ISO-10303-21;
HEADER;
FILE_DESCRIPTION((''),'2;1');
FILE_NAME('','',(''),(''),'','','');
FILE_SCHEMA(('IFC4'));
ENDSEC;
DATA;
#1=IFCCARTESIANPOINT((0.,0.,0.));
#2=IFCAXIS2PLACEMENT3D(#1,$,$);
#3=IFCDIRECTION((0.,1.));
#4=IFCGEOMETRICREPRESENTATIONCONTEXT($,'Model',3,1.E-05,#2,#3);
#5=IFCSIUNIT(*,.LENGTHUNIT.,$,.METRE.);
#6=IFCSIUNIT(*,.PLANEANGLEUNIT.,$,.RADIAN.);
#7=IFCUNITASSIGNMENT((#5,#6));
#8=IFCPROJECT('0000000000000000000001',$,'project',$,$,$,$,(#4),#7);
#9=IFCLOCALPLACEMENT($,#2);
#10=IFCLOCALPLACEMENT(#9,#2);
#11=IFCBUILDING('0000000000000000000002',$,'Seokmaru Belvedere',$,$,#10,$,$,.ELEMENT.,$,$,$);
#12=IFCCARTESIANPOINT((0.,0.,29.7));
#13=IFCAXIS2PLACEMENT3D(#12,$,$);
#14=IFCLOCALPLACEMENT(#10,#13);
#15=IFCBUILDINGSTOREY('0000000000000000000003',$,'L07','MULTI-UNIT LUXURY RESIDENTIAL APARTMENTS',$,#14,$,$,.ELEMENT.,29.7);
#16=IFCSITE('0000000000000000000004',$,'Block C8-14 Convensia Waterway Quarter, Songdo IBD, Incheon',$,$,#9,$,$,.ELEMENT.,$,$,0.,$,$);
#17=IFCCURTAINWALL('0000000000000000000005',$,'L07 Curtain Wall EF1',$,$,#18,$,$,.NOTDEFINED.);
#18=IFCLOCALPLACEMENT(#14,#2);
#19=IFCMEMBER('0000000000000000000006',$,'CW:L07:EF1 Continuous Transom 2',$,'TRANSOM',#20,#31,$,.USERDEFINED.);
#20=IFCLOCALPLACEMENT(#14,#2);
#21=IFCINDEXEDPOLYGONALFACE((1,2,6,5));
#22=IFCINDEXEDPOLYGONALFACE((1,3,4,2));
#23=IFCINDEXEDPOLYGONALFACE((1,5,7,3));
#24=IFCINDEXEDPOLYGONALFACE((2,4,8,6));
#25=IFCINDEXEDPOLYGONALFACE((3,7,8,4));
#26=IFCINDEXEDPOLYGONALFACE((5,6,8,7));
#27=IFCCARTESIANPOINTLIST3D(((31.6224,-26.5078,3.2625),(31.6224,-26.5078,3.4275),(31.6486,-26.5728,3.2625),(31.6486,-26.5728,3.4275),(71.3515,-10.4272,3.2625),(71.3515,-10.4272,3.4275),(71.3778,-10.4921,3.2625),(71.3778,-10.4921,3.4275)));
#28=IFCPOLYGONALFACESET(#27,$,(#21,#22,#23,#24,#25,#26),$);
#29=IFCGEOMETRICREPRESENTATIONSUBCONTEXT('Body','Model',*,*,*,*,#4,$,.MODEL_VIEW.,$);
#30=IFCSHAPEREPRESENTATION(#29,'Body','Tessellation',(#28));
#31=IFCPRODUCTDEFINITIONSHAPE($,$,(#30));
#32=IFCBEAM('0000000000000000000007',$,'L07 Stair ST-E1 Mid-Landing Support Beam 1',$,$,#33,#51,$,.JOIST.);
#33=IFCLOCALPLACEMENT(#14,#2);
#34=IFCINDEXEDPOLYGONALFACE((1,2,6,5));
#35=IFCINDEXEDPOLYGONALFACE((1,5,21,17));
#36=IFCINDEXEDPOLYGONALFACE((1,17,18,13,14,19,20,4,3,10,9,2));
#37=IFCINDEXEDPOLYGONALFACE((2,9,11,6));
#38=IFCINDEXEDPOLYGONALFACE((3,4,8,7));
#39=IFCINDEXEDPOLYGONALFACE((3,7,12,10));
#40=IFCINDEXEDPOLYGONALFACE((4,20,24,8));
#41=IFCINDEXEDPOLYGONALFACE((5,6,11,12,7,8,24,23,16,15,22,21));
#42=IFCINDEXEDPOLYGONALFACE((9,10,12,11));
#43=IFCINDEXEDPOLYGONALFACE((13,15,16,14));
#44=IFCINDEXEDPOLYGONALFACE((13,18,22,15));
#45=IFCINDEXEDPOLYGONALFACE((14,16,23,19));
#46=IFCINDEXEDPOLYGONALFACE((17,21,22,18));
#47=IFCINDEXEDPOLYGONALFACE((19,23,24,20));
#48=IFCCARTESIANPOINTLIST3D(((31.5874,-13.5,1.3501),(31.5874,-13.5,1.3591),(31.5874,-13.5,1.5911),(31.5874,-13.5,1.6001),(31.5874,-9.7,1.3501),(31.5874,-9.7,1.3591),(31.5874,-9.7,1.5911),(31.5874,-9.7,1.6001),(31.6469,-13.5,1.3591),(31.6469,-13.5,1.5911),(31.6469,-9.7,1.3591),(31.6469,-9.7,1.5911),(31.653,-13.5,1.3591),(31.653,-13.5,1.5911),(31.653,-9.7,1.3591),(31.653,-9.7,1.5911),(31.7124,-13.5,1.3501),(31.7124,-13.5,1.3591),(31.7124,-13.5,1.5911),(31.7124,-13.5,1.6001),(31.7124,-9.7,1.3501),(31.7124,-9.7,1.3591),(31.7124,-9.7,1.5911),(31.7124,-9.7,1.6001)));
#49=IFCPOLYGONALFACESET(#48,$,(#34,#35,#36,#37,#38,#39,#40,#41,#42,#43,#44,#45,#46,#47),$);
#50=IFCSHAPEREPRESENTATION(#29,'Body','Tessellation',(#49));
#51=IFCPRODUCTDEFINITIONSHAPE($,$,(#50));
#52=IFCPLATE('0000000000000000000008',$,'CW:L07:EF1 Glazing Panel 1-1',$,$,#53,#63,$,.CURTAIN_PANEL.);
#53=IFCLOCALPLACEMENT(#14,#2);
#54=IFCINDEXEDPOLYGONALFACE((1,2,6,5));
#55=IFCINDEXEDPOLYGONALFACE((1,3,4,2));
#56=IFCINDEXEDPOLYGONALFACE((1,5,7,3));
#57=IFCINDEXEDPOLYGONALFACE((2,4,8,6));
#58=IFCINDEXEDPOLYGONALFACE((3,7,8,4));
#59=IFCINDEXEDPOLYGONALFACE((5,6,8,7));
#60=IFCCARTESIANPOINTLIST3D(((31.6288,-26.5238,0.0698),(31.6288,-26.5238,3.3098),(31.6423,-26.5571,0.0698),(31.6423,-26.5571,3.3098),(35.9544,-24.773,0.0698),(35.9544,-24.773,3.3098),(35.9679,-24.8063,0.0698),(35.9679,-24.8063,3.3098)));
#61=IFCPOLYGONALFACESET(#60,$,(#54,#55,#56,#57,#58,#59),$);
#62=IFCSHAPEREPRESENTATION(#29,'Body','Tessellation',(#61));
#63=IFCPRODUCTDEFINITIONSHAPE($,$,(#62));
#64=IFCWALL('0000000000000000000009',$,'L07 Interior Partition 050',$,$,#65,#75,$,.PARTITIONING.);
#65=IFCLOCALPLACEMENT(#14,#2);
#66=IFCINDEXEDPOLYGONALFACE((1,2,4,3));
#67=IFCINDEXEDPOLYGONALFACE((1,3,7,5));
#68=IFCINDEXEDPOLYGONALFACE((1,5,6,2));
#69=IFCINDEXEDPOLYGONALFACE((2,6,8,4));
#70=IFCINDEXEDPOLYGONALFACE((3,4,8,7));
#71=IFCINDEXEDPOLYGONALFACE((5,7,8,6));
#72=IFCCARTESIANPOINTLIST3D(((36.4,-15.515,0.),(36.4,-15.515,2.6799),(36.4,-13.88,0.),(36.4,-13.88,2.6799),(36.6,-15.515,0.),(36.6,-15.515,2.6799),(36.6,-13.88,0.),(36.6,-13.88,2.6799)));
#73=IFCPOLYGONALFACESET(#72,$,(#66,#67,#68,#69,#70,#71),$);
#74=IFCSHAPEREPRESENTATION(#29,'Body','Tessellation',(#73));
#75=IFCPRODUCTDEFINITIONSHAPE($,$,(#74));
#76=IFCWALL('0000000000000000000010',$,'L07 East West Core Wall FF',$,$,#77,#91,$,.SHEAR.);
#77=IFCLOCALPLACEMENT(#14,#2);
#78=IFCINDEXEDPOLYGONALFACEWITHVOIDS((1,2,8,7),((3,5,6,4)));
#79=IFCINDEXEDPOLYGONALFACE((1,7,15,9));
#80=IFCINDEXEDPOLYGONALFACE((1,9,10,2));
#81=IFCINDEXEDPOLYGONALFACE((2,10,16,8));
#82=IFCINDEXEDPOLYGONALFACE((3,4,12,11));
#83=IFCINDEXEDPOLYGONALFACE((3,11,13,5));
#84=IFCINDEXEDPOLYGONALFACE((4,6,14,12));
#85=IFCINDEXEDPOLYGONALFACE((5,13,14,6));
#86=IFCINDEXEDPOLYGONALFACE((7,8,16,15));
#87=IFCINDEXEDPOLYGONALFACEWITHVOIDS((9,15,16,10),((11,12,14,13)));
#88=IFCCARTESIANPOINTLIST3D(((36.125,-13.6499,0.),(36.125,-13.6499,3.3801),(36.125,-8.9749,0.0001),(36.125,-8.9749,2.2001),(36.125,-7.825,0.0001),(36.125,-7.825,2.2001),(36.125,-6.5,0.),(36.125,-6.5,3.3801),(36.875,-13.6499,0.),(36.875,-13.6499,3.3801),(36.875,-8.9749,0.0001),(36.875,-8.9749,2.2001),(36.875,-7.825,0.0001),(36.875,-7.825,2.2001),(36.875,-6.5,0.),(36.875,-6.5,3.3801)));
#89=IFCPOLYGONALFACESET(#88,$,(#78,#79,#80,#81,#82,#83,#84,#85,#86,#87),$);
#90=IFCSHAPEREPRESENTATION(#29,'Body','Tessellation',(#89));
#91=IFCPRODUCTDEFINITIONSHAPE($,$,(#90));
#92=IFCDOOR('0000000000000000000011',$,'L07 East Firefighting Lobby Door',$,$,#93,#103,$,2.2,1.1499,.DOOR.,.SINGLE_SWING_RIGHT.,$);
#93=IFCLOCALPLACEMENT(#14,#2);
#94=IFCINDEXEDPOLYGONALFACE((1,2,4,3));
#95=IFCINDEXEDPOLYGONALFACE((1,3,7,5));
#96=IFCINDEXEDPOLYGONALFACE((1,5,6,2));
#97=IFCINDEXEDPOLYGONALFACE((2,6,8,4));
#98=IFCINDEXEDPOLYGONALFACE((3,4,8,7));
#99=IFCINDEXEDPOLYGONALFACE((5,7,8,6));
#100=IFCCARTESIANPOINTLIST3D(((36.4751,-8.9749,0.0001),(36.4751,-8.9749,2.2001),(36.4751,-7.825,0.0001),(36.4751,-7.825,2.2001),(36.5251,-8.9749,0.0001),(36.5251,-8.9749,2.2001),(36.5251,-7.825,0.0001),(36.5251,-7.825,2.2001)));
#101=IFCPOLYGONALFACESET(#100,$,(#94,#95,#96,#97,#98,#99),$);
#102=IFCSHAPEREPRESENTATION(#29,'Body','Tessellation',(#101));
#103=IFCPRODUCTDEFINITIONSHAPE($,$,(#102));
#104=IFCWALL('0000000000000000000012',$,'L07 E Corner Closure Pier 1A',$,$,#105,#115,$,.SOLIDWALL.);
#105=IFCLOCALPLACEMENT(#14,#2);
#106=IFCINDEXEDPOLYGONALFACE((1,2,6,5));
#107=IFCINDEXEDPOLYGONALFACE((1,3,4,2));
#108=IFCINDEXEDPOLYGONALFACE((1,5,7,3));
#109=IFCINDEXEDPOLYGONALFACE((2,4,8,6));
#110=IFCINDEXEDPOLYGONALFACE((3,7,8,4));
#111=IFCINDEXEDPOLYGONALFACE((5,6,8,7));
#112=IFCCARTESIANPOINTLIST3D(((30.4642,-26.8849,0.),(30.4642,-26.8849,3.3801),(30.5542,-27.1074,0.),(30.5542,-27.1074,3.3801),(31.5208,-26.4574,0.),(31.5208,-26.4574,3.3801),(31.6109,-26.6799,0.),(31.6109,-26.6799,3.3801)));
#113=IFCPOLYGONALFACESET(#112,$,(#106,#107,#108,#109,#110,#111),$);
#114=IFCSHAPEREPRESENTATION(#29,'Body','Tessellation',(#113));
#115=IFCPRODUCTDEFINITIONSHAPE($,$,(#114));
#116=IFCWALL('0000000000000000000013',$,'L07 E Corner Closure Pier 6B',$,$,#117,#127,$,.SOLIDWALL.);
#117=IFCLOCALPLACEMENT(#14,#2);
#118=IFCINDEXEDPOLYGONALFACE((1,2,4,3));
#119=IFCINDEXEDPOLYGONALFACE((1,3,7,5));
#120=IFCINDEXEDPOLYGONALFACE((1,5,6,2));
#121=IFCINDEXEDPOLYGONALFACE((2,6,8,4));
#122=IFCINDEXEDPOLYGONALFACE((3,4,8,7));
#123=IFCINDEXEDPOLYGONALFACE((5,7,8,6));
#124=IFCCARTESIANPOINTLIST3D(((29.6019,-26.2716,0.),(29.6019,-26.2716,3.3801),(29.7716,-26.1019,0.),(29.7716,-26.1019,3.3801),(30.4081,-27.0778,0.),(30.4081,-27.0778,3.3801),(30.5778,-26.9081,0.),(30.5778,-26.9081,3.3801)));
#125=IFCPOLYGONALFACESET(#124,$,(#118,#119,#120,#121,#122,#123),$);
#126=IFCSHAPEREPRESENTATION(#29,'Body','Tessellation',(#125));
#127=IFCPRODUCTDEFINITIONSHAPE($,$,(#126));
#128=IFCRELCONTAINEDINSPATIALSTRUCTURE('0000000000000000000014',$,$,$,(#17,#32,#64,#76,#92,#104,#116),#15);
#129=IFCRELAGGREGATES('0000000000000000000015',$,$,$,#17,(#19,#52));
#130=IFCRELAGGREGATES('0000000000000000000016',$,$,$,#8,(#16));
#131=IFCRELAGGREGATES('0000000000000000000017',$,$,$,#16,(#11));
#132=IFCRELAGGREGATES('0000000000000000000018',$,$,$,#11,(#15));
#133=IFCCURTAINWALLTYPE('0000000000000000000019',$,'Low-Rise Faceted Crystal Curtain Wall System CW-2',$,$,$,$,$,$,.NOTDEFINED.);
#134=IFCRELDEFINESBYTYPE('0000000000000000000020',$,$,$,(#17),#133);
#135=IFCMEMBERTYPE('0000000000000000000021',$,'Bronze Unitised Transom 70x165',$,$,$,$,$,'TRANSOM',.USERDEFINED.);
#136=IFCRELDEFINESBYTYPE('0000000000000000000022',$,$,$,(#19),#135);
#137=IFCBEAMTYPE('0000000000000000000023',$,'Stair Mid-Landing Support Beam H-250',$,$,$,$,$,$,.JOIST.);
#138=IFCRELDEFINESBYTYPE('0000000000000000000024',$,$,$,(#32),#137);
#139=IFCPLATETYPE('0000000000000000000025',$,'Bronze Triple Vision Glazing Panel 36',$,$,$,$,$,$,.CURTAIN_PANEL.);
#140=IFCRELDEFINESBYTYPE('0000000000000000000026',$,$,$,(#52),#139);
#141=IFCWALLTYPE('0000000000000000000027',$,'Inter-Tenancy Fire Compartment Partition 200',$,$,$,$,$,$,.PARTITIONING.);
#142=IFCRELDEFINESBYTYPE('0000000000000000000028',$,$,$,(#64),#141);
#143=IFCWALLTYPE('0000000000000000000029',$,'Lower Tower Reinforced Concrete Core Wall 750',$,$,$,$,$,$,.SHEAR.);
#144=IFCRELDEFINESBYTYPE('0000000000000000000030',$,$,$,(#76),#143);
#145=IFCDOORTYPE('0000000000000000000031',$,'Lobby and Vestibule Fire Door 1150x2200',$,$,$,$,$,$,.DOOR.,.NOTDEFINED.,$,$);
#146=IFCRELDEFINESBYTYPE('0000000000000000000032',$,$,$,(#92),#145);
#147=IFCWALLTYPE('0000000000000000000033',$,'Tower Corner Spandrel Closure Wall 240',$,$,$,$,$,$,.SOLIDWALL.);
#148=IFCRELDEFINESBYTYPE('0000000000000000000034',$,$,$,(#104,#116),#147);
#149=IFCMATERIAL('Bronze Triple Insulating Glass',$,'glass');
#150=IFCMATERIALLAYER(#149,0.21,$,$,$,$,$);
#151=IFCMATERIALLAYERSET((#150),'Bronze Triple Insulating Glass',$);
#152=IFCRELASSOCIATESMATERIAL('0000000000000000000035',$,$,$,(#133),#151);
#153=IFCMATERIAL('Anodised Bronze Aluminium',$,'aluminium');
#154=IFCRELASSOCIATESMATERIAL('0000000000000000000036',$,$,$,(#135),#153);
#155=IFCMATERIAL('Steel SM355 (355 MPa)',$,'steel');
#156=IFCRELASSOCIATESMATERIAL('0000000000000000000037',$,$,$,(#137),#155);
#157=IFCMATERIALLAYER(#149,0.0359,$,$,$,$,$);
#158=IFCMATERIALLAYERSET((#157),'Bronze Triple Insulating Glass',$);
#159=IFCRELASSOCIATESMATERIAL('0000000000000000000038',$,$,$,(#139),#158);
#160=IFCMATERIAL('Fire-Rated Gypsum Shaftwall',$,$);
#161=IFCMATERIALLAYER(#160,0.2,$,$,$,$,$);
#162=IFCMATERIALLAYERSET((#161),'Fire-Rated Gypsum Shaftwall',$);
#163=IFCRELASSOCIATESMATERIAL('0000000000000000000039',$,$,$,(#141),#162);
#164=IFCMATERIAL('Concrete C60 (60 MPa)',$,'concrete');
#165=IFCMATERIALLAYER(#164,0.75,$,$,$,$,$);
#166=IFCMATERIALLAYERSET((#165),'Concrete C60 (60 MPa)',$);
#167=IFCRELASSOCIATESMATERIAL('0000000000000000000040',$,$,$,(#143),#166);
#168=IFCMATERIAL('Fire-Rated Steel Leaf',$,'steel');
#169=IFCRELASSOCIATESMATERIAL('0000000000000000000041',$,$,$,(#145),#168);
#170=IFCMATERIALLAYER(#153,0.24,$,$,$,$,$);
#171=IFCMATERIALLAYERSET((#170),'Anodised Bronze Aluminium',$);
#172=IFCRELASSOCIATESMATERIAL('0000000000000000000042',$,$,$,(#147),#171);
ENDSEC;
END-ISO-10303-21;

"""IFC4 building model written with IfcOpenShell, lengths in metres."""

from ifc_helpers import new_model, si_unit, direction, frame, frame_2d, origin, origin_2d, place, context, subcontext, project, spatial, rectangle, i_section, extrude, source, transform, mapped, material, layer, layer_set, material_profile, profile_set, type_object, type_shapes, element, fill, aggregate, save


model = new_model("IFC4")

# Units and contexts
model_context = context("Model", 3, precision=1e-05, world=origin(), true_north=direction((0.0, 1.0)))
body_context = subcontext(model_context, "Body", "Model", "MODEL_VIEW")
ifc_project = project(units=[si_unit("LENGTHUNIT", "METRE"), si_unit("PLANEANGLEUNIT", "RADIAN")], contexts=[model_context])

# Site, building, storey
site_placement = place(None, origin())
site = spatial("IfcSite", under=ifc_project, at=site_placement, Name="Block C8-14 Convensia Waterway Quarter, Songdo IBD, Incheon", CompositionType="ELEMENT", RefElevation=0.0)
building_placement = place(site_placement, origin())
building = spatial("IfcBuilding", under=site, at=building_placement, Name="Seokmaru Belvedere", CompositionType="ELEMENT")
storey_placement = place(building_placement, frame((0.0, 0.0, 29.7)))
storey = spatial("IfcBuildingStorey", under=building, at=storey_placement, Name="L07", Description="MULTI-UNIT LUXURY RESIDENTIAL APARTMENTS", CompositionType="ELEMENT", Elevation=29.7)

# Shared definitions
ifc_material_1 = material(Name="Steel SM355 (355 MPa)", Category="steel")

# Curtain wall, member
ifc_material_2 = material(Name="Bronze Triple Insulating Glass", Category="glass")
ifc_layer_1 = layer(ifc_material_2, 0.21)
ifc_layer_set_1 = layer_set([ifc_layer_1], Name="Bronze Triple Insulating Glass")
curtain_wall_type = type_object("IfcCurtainWallType", Name="Low-Rise Faceted Crystal Curtain Wall System CW-2", PredefinedType="NOTDEFINED", material=ifc_layer_set_1)
curtain_wall_placement = place(storey_placement, origin())
curtain_wall = element("IfcCurtainWall", 1, at=curtain_wall_placement, inside=storey, type_object=curtain_wall_type, Name="L07 Curtain Wall EF1", PredefinedType="NOTDEFINED")
ifc_material_3 = material(Name="Anodised Bronze Aluminium", Category="aluminium")
ifc_material_profile_1 = material_profile(ifc_material_3, rectangle(XDim=0.0701, YDim=0.165, at=origin_2d()), Name="CW-T-70x165")
ifc_profile_set_1 = profile_set([ifc_material_profile_1], Name="Anodised Bronze Aluminium")
member_type_1 = type_object("IfcMemberType", Name="Bronze Unitised Transom 70x165", ElementType="TRANSOM", PredefinedType="USERDEFINED", material=ifc_profile_set_1)
shared_shape_1 = source(origin(), body_context, "Body", "SweptSolid", [
    extrude(rectangle(XDim=0.0701, YDim=0.165, at=origin_2d()), origin(), (0.0, 0.0, 1.0), 42.8601),
])
type_shapes(member_type_1, [shared_shape_1])
member_1_placement = place(storey_placement, frame((31.6355, -26.5403, 3.345), z_axis=(0.926949, 0.375188, 0.0), x_axis=(-0.375188, 0.926949, 0.0)))
member_1 = element("IfcMember", 2, at=member_1_placement, type_object=member_type_1, Name="CW:L07:EF1 Continuous Transom 2", ObjectType="TRANSOM", PredefinedType="USERDEFINED", context=body_context, shape_type="MappedRepresentation", body=[
    mapped(shared_shape_1, transform((0.0, 0.0, 0.0), scale=1.0)),
])

# Beam
ifc_material_profile_2 = material_profile(ifc_material_1, i_section(OverallWidth=0.125, OverallDepth=0.25, WebThickness=0.0061, FlangeThickness=0.009, at=origin_2d()), Name="H-250x125x6x9")
ifc_profile_set_2 = profile_set([ifc_material_profile_2], Name="Steel SM355 (355 MPa)")
beam_type_1 = type_object("IfcBeamType", Name="Stair Mid-Landing Support Beam H-250", PredefinedType="JOIST", material=ifc_profile_set_2)
shared_shape_2 = source(origin(), body_context, "Body", "SweptSolid", [
    extrude(i_section(OverallWidth=0.125, OverallDepth=0.25, WebThickness=0.0061, FlangeThickness=0.009, at=origin_2d()), origin(), (0.0, 0.0, 1.0), 3.8),
])
type_shapes(beam_type_1, [shared_shape_2])
beam_1_placement = place(storey_placement, frame((31.6499, -13.5, 1.4751), z_axis=(0.0, 1.0, 0.0), x_axis=(-1.0, 0.0, 0.0)))
element("IfcBeam", 3, at=beam_1_placement, inside=storey, type_object=beam_type_1, Name="L07 Stair ST-E1 Mid-Landing Support Beam 1", PredefinedType="JOIST", context=body_context, shape_type="MappedRepresentation", body=[
    mapped(shared_shape_2, transform((0.0, 0.0, 0.0), scale=1.0)),
])

# Plate
ifc_layer_2 = layer(ifc_material_2, 0.0359)
ifc_layer_set_2 = layer_set([ifc_layer_2], Name="Bronze Triple Insulating Glass")
plate_type = type_object("IfcPlateType", Name="Bronze Triple Vision Glazing Panel 36", PredefinedType="CURTAIN_PANEL", material=ifc_layer_set_2)
shared_shape_3 = source(origin(), body_context, "Body", "SweptSolid", [
    extrude(rectangle(XDim=4.6665, YDim=0.0359, at=origin_2d()), origin(), (0.0, 0.0, 1.0), 3.24),
])
type_shapes(plate_type, [shared_shape_3])
plate_placement = place(storey_placement, frame((33.7983, -25.665, 0.0698), z_axis=(0.0, 0.0, 1.0), x_axis=(0.926947, 0.375192, 0.0)))
plate = element("IfcPlate", 4, at=plate_placement, type_object=plate_type, Name="CW:L07:EF1 Glazing Panel 1-1", PredefinedType="CURTAIN_PANEL", context=body_context, shape_type="MappedRepresentation", body=[
    mapped(shared_shape_3, transform((0.0, 0.0, 0.0), scale=1.0)),
])
aggregate(curtain_wall, [member_1, plate])

# Wall
ifc_material_4 = material(Name="Fire-Rated Gypsum Shaftwall")
ifc_layer_3 = layer(ifc_material_4, 0.2)
ifc_layer_set_3 = layer_set([ifc_layer_3], Name="Fire-Rated Gypsum Shaftwall")
wall_type_1 = type_object("IfcWallType", Name="Inter-Tenancy Fire Compartment Partition 200", PredefinedType="PARTITIONING", material=ifc_layer_set_3)
wall_1_placement = place(storey_placement, frame((36.5, -15.5149, 0.0), z_axis=(0.0, 0.0, 1.0), x_axis=(0.0, 1.0, 0.0)))
element("IfcWall", 5, at=wall_1_placement, inside=storey, type_object=wall_type_1, Name="L07 Interior Partition 050", PredefinedType="PARTITIONING", context=body_context, shape_type="SweptSolid", body=[
    extrude(rectangle(XDim=1.635, YDim=0.2, at=frame_2d((0.8174, 0.0))), origin(), (0.0, 0.0, 1.0), 2.6799),
])

# Wall, opening, door
ifc_material_5 = material(Name="Concrete C60 (60 MPa)", Category="concrete")
ifc_layer_4 = layer(ifc_material_5, 0.75)
ifc_layer_set_4 = layer_set([ifc_layer_4], Name="Concrete C60 (60 MPa)")
wall_type_2 = type_object("IfcWallType", Name="Lower Tower Reinforced Concrete Core Wall 750", PredefinedType="SHEAR", material=ifc_layer_set_4)
wall_2_placement = place(storey_placement, frame((36.5, -13.6499, 0.0), z_axis=(0.0, 0.0, 1.0), x_axis=(0.0, 1.0, 0.0)))
wall_2 = element("IfcWall", 6, at=wall_2_placement, inside=storey, type_object=wall_type_2, Name="L07 East West Core Wall FF", PredefinedType="SHEAR", context=body_context, shape_type="SweptSolid", body=[
    extrude(rectangle(XDim=7.1499, YDim=0.75, at=frame_2d((3.575, 0.0))), origin(), (0.0, 0.0, 1.0), 3.3801),
])
opening_placement = place(wall_2_placement, frame((4.675, 0.0, 0.0)))
opening = element("IfcOpeningElement", 7, at=opening_placement, cuts=wall_2, PredefinedType="OPENING", context=body_context, shape_type="SweptSolid", body=[
    extrude(rectangle(XDim=1.1499, YDim=2.2, at=frame_2d((0.575, 1.1001))), frame((0.0, 0.385, 0.0), z_axis=(0.0, -1.0, 0.0), x_axis=(1.0, 0.0, 0.0)), (0.0, 0.0, 1.0), 0.77),
])
ifc_material_6 = material(Name="Fire-Rated Steel Leaf", Category="steel")
door_type = type_object("IfcDoorType", Name="Lobby and Vestibule Fire Door 1150x2200", OperationType="NOTDEFINED", PredefinedType="DOOR", material=ifc_material_6)
shared_shape_4 = source(origin(), body_context, "Body", "SweptSolid", [
    extrude(rectangle(XDim=1.1499, YDim=2.2, at=frame_2d((0.575, 1.1001))), frame((0.0, 0.0249, 0.0), z_axis=(0.0, -1.0, 0.0), x_axis=(1.0, 0.0, 0.0)), (0.0, 0.0, 1.0), 0.05),
])
type_shapes(door_type, [shared_shape_4])
door_placement = place(opening_placement, origin())
door = element("IfcDoor", 8, at=door_placement, inside=storey, type_object=door_type, Name="L07 East Firefighting Lobby Door", OperationType="SINGLE_SWING_RIGHT", OverallHeight=2.2, OverallWidth=1.1499, PredefinedType="DOOR", context=body_context, shape_type="MappedRepresentation", body=[
    mapped(shared_shape_4, transform((0.0, 0.0, 0.0), scale=1.0)),
])
fill(opening, door)

# Walls
ifc_layer_5 = layer(ifc_material_3, 0.24)
ifc_layer_set_5 = layer_set([ifc_layer_5], Name="Anodised Bronze Aluminium")
wall_type_3 = type_object("IfcWallType", Name="Tower Corner Spandrel Closure Wall 240", PredefinedType="SOLIDWALL", material=ifc_layer_set_5)
wall_3_placement = place(storey_placement, frame((30.5093, -26.9961, 0.0), z_axis=(0.0, 0.0, 1.0), x_axis=(0.927007, 0.375044, 0.0)))
element("IfcWall", 9, at=wall_3_placement, inside=storey, type_object=wall_type_3, Name="L07 E Corner Closure Pier 1A", PredefinedType="SOLIDWALL", context=body_context, shape_type="SweptSolid", body=[
    extrude(rectangle(XDim=1.1399, YDim=0.24, at=frame_2d((0.5698, 0.0))), origin(), (0.0, 0.0, 1.0), 3.3801),
])
wall_4_placement = place(storey_placement, frame((29.6868, -26.1868, 0.0), z_axis=(0.0, 0.0, 1.0), x_axis=(0.707107, -0.707107, 0.0)))
element("IfcWall", 10, at=wall_4_placement, inside=storey, type_object=wall_type_3, Name="L07 E Corner Closure Pier 6B", PredefinedType="SOLIDWALL", context=body_context, shape_type="SweptSolid", body=[
    extrude(rectangle(XDim=1.1401, YDim=0.24, at=frame_2d((0.5701, 0.0))), origin(), (0.0, 0.0, 1.0), 3.3801),
])

save(model, "model.ifc")
